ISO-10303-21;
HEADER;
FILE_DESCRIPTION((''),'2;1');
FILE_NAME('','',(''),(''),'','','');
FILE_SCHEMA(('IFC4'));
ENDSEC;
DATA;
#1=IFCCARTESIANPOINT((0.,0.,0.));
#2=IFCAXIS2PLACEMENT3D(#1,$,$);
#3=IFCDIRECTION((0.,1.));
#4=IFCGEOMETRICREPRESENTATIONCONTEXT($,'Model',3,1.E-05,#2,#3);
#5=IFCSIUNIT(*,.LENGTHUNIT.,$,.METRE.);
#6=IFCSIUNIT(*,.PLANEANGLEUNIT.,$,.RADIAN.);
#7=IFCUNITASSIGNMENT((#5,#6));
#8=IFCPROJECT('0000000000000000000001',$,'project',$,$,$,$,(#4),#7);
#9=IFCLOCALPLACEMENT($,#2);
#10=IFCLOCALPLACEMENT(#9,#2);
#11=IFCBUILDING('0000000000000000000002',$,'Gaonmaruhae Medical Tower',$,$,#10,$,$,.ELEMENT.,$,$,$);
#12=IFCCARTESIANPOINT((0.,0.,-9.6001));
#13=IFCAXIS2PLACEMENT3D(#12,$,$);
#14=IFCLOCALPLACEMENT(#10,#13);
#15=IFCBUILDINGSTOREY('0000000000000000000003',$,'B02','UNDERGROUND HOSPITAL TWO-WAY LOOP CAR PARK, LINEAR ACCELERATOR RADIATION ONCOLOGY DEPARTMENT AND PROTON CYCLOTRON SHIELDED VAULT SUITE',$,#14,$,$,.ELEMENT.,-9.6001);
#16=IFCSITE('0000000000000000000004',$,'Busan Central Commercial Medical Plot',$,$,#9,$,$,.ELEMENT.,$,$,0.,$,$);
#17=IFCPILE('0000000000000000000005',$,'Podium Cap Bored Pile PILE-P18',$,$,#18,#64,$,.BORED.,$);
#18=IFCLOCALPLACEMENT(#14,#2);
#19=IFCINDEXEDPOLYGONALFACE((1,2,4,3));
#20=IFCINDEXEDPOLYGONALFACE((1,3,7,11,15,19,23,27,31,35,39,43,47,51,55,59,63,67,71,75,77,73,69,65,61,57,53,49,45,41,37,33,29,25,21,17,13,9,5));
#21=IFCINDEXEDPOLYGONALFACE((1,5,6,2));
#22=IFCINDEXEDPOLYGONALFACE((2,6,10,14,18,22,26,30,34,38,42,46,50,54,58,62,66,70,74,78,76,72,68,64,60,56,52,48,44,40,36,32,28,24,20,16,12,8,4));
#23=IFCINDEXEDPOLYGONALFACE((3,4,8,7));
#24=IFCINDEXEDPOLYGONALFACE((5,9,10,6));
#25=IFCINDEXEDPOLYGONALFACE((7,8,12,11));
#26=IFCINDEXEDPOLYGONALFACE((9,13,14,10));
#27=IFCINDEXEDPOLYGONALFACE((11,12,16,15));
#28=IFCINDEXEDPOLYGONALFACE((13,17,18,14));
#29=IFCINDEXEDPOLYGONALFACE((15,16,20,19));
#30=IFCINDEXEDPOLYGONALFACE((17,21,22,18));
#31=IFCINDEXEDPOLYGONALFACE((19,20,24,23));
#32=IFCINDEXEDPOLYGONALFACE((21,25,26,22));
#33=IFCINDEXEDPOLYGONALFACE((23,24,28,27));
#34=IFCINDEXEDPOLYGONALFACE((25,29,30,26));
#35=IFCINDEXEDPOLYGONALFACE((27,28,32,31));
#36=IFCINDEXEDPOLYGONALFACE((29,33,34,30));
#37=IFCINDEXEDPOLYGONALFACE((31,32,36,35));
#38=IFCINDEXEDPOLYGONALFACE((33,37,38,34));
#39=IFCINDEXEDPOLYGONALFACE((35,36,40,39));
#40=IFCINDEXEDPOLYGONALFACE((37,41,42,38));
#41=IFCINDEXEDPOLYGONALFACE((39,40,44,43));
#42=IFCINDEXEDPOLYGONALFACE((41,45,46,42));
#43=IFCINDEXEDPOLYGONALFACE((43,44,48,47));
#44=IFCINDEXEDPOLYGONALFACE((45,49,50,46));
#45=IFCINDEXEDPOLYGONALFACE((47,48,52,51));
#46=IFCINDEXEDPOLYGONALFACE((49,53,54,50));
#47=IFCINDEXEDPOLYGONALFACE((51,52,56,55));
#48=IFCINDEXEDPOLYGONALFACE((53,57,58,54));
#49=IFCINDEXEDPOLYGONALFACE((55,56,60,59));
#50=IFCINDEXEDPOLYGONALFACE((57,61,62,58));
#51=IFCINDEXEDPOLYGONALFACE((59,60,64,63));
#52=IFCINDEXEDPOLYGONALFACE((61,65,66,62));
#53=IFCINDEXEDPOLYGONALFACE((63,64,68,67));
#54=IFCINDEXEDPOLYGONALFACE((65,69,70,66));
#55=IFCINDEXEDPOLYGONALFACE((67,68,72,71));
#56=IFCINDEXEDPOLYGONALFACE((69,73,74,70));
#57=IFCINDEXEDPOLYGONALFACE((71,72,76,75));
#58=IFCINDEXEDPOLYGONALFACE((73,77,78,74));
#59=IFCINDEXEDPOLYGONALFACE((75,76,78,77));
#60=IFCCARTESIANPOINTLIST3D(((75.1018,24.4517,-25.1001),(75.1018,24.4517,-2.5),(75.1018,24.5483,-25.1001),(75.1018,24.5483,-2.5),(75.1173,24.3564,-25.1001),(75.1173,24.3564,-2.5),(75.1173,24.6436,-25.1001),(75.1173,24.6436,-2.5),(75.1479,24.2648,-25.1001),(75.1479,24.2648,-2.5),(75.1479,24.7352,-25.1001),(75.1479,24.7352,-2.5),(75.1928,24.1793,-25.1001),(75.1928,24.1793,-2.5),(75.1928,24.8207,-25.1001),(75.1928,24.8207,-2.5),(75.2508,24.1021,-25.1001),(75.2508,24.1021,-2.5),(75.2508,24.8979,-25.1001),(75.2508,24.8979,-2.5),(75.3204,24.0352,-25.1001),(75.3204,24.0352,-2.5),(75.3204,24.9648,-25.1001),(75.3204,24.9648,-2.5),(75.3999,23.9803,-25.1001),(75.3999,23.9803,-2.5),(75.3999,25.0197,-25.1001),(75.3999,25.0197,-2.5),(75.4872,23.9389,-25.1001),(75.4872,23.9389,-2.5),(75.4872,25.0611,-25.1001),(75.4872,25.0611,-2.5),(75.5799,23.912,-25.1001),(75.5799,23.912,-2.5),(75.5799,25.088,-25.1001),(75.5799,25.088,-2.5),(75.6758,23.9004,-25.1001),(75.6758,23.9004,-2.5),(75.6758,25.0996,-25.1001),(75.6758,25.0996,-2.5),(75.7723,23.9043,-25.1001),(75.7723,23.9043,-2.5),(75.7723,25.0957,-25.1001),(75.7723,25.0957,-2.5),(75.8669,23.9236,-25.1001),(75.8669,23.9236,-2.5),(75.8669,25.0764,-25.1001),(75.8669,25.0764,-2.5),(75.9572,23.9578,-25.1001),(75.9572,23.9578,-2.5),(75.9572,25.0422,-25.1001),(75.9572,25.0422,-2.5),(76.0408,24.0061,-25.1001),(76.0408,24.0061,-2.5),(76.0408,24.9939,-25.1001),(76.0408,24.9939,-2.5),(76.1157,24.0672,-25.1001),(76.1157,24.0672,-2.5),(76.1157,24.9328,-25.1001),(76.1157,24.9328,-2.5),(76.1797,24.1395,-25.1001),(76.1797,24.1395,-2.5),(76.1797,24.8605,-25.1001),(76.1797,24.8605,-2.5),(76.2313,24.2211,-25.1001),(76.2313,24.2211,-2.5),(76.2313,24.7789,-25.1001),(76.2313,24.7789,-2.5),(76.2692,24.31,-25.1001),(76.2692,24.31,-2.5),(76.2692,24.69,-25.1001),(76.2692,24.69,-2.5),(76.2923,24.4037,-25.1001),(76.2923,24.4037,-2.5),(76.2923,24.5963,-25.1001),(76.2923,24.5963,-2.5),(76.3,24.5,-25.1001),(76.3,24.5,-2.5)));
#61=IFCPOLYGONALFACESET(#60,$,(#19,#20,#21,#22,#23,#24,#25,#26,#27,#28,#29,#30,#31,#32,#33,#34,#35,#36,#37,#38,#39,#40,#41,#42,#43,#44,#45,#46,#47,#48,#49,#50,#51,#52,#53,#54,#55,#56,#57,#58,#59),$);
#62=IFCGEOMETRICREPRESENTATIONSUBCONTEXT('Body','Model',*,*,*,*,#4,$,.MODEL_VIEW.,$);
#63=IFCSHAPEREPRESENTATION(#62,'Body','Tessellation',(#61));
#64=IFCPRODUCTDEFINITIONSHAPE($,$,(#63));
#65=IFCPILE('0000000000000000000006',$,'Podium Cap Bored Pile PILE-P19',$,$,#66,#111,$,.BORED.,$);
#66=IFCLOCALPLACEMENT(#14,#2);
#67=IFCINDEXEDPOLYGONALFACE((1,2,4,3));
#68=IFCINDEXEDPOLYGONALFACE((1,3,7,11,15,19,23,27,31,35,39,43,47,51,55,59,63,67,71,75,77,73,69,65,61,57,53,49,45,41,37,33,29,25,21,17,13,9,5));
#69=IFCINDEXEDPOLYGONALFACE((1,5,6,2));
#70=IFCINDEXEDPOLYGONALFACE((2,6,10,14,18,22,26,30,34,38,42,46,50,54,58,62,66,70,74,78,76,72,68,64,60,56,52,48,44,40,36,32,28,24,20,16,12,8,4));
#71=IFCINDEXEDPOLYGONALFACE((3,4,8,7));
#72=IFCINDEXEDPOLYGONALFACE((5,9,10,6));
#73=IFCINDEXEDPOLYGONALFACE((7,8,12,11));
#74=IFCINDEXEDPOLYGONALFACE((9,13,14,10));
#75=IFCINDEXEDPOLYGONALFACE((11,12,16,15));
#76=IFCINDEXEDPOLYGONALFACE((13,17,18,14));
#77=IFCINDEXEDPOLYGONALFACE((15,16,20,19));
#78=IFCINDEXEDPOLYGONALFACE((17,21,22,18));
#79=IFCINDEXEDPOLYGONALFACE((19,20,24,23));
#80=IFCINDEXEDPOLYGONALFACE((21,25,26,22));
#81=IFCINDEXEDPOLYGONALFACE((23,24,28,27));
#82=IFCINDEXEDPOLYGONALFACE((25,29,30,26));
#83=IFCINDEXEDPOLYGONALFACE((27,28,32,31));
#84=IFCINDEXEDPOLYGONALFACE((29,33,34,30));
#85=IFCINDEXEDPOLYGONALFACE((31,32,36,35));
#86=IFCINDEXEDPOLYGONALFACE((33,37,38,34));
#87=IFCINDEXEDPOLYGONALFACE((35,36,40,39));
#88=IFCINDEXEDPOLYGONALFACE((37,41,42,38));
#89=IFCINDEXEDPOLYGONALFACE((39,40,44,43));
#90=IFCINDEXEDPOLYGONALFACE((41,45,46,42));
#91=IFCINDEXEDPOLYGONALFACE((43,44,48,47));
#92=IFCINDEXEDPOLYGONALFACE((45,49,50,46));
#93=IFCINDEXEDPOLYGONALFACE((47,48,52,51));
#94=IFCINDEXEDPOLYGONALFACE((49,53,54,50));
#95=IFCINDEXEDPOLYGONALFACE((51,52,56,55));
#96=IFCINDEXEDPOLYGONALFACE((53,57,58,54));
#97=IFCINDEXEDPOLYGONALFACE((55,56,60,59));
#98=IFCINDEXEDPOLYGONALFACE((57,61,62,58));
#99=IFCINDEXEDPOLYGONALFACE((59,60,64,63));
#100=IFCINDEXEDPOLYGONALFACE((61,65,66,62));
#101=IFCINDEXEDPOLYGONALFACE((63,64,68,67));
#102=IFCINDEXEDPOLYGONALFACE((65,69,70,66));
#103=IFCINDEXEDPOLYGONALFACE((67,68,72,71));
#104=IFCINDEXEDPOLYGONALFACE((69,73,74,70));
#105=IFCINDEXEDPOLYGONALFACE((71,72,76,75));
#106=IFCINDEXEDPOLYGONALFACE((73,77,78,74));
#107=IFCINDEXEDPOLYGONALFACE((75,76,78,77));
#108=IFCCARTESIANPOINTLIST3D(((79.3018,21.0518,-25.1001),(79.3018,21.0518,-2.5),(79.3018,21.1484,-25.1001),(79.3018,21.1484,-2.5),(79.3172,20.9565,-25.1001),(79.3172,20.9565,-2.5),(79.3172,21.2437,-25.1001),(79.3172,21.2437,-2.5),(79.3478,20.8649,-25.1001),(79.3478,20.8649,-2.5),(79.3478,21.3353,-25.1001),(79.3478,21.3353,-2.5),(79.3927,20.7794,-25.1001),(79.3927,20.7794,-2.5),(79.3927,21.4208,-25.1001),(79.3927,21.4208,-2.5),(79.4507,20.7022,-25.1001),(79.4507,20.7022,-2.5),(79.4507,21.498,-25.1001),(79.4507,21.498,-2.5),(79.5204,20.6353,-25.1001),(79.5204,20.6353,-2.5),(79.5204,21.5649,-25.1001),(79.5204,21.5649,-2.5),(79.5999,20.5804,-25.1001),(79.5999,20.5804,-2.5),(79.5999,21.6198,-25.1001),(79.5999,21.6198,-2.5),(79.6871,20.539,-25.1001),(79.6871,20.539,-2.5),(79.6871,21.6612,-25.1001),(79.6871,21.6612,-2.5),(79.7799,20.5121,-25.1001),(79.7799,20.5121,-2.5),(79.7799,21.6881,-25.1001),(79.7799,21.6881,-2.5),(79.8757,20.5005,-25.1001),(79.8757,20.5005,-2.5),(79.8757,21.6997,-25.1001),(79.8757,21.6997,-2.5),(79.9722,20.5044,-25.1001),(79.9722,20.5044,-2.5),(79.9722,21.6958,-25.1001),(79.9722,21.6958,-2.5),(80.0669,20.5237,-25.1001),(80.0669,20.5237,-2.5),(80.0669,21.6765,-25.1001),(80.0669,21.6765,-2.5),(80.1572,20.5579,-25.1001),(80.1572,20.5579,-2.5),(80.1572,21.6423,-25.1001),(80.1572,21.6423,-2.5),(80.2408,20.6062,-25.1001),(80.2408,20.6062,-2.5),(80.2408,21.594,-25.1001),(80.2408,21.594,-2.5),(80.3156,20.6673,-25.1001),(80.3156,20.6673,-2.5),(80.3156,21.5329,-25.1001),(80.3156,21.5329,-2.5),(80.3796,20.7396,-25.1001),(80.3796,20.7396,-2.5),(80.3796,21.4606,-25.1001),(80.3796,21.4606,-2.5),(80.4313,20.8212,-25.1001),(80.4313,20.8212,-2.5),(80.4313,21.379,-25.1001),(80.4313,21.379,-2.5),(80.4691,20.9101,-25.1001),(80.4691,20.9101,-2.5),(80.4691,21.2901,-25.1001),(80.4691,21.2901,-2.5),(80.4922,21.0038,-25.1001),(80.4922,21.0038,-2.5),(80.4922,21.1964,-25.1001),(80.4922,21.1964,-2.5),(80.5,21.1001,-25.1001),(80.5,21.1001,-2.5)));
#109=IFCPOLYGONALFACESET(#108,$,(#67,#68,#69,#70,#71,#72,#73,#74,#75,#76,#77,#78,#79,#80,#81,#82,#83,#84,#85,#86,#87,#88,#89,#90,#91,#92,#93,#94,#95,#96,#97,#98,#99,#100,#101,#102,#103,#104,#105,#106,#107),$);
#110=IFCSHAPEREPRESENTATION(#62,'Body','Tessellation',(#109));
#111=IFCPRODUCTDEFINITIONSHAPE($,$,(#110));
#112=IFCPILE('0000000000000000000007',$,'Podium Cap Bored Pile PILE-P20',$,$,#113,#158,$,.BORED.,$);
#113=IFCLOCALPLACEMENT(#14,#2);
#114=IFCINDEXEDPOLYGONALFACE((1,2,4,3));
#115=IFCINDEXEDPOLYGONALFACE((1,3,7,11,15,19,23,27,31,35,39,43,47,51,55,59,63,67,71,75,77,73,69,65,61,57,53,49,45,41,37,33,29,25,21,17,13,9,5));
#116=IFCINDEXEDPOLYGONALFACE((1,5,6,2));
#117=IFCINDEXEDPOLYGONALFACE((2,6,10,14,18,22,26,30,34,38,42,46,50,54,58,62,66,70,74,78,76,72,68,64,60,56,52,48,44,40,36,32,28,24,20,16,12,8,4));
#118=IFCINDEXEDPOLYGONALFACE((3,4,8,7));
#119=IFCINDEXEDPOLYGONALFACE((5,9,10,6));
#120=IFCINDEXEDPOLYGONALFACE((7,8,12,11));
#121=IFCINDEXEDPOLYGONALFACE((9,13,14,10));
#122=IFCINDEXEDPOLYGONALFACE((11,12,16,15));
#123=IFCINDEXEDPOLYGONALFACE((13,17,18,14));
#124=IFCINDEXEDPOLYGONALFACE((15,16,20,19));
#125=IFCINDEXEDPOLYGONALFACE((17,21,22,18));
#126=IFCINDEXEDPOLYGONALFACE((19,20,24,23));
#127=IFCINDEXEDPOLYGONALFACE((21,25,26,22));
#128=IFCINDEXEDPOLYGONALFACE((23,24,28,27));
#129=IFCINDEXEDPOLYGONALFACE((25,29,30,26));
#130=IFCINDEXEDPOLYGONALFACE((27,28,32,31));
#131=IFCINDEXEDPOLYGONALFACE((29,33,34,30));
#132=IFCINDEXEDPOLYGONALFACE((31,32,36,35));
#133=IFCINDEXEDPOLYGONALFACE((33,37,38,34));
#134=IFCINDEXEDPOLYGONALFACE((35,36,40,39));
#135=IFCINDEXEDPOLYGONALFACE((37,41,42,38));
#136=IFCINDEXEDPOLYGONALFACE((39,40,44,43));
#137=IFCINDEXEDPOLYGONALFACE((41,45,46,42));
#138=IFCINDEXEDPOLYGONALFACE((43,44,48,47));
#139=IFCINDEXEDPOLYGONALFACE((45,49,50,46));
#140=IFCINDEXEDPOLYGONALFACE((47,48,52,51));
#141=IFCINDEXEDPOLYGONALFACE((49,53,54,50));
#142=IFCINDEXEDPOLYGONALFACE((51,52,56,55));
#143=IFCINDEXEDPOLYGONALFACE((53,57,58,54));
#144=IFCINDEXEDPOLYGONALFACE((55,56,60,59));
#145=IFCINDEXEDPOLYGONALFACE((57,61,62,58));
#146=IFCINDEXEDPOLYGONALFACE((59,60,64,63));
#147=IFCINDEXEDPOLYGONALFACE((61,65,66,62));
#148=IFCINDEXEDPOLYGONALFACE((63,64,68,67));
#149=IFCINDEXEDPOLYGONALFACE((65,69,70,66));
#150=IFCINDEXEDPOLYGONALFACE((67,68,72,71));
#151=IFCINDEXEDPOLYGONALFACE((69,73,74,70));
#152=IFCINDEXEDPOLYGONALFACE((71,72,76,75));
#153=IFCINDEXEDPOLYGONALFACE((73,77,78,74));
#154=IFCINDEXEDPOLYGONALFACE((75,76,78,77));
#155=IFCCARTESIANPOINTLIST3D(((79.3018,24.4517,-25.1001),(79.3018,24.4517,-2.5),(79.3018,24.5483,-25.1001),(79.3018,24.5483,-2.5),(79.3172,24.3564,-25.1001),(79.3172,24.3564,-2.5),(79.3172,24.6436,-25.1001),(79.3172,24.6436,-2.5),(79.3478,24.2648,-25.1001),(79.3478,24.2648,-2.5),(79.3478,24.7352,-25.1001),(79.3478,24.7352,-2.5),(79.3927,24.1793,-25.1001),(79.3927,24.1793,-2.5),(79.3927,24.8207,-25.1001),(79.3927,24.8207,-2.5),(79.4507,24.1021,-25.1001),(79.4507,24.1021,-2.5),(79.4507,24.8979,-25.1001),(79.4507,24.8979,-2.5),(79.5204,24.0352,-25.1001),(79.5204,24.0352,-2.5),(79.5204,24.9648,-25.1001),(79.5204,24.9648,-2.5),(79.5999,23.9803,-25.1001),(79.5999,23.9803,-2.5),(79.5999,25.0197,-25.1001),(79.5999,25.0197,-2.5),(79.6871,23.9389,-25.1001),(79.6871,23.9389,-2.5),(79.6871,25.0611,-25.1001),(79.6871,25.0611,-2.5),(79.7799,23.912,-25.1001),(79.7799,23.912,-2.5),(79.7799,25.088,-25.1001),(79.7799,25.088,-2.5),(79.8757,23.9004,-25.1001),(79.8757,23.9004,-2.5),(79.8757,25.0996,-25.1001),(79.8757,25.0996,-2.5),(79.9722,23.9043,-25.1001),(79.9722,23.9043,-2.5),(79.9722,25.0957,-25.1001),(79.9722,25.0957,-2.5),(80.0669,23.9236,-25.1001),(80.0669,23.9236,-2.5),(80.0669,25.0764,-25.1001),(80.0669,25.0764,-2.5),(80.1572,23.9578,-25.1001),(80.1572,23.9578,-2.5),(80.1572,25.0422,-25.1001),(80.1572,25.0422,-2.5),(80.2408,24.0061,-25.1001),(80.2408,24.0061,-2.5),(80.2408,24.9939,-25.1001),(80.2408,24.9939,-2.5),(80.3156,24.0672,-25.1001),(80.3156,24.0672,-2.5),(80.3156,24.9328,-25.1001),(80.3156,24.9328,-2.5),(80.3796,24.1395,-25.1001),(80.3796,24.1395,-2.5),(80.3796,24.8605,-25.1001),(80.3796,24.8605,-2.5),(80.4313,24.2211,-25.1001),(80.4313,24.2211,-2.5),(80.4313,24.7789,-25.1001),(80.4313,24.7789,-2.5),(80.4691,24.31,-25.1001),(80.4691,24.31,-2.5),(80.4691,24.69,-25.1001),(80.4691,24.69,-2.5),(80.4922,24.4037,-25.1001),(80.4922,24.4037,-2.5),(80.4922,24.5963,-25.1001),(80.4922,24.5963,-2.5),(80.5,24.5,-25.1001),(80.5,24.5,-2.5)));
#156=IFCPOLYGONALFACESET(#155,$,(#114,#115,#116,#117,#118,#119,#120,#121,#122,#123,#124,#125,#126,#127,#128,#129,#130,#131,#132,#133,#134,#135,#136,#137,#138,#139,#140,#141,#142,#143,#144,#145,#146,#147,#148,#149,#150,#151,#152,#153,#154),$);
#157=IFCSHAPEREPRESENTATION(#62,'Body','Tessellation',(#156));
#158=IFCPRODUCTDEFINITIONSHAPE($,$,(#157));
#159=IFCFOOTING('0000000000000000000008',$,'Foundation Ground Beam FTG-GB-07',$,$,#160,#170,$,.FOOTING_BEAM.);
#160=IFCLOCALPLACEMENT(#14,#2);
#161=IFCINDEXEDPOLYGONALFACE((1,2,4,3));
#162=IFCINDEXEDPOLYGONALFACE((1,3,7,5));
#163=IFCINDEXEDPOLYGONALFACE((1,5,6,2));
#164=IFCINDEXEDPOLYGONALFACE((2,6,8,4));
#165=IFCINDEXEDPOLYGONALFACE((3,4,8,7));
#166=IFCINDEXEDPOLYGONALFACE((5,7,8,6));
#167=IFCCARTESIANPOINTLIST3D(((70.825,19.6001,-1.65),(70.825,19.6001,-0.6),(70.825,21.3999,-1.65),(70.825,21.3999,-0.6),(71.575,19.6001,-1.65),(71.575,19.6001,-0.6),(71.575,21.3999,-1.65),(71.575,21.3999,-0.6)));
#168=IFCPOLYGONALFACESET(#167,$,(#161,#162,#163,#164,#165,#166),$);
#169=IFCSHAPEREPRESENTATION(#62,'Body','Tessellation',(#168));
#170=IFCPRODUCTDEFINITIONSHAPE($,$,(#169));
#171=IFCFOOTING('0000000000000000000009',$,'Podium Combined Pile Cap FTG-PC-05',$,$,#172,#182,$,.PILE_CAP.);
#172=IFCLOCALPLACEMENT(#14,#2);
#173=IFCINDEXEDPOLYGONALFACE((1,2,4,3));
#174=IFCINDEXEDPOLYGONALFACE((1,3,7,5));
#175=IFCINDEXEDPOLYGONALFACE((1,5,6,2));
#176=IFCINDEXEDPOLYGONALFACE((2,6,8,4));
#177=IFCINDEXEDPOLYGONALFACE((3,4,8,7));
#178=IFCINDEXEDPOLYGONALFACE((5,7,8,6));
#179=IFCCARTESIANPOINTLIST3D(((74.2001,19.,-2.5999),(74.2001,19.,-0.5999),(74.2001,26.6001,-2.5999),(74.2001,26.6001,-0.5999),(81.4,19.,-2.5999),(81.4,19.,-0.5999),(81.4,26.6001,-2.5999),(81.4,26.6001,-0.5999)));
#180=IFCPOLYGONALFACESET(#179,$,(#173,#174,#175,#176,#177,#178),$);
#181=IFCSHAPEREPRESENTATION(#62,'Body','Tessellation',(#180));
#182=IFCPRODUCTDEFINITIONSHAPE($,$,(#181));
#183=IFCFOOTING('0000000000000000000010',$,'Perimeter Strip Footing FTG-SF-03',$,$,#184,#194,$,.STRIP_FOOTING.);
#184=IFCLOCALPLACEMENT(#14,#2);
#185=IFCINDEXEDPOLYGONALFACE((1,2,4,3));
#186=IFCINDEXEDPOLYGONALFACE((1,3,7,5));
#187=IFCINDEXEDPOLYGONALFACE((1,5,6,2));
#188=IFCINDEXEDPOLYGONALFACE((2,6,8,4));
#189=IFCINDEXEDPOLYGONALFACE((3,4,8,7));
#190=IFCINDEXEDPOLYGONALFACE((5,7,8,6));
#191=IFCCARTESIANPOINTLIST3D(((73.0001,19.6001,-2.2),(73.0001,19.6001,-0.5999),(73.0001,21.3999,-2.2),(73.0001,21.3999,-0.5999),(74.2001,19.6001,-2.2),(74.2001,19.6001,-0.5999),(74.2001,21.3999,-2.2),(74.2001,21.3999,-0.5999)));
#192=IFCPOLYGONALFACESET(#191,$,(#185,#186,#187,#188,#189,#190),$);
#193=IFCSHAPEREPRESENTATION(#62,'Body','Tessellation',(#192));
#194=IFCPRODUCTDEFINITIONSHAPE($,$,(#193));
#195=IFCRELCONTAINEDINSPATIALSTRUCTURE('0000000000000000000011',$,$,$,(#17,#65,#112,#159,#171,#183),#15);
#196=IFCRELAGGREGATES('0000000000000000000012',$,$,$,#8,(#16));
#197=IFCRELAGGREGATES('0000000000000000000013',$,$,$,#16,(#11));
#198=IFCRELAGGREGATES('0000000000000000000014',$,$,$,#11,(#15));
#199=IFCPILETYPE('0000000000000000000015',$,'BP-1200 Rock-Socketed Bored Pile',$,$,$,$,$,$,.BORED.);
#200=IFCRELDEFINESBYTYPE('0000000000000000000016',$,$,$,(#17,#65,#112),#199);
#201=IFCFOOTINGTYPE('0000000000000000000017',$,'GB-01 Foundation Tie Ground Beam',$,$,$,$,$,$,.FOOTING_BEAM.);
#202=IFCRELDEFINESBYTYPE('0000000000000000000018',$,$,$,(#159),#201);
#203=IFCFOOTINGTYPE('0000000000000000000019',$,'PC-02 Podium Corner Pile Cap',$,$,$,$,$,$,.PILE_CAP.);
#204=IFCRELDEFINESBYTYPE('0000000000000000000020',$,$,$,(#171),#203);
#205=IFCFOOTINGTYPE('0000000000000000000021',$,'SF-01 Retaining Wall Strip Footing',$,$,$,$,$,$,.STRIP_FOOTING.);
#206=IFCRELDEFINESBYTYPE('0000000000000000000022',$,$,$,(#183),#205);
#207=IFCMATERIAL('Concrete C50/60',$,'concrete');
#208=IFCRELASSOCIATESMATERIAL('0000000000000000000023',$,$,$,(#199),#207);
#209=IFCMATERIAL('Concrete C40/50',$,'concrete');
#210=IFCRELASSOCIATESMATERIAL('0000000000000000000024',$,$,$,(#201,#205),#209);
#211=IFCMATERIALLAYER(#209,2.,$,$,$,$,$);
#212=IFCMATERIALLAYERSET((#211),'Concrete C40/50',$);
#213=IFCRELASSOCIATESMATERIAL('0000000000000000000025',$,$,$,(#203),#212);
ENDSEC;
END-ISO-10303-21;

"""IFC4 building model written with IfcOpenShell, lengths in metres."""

from ifc_helpers import new_model, si_unit, direction, frame, origin, origin_2d, place, context, subcontext, project, spatial, rectangle, circle, extrude, material, layer, layer_set, material_profile, profile_set, type_object, element, save


model = new_model("IFC4")

# Units and contexts
model_context = context("Model", 3, precision=1e-05, world=origin(), true_north=direction((0.0, 1.0)))
body_context = subcontext(model_context, "Body", "Model", "MODEL_VIEW")
ifc_project = project(units=[si_unit("LENGTHUNIT", "METRE"), si_unit("PLANEANGLEUNIT", "RADIAN")], contexts=[model_context])

# Site, building, storey
site_placement = place(None, origin())
site = spatial("IfcSite", under=ifc_project, at=site_placement, Name="Busan Central Commercial Medical Plot", CompositionType="ELEMENT", RefElevation=0.0)
building_placement = place(site_placement, origin())
building = spatial("IfcBuilding", under=site, at=building_placement, Name="Gaonmaruhae Medical Tower", CompositionType="ELEMENT")
storey_placement = place(building_placement, frame((0.0, 0.0, -9.6001)))
storey = spatial("IfcBuildingStorey", under=building, at=storey_placement, Name="B02", Description="UNDERGROUND HOSPITAL TWO-WAY LOOP CAR PARK, LINEAR ACCELERATOR RADIATION ONCOLOGY DEPARTMENT AND PROTON CYCLOTRON SHIELDED VAULT SUITE", CompositionType="ELEMENT", Elevation=-9.6001)

# Piles
ifc_material_1 = material(Name="Concrete C50/60", Category="concrete")
ifc_material_profile_1 = material_profile(ifc_material_1, circle(Radius=0.6001, at=origin_2d()), Name="PILE-D1200")
ifc_profile_set_1 = profile_set([ifc_material_profile_1], Name="Concrete C50/60")
pile_type = type_object("IfcPileType", Name="BP-1200 Rock-Socketed Bored Pile", PredefinedType="BORED", material=ifc_profile_set_1)
for number, where, z_axis, x_axis, name in (
    (1, (75.7, 24.5, -2.5), (0.0, 0.0, -1.0), (1.0, 0.0, 0.0), "Podium Cap Bored Pile PILE-P18"),
    (2, (79.8999, 21.1001, -2.5), (0.0, 0.0, -1.0), (1.0, 0.0, 0.0), "Podium Cap Bored Pile PILE-P19"),
    (3, (79.8999, 24.5, -2.5), (0.0, 0.0, -1.0), (1.0, 0.0, 0.0), "Podium Cap Bored Pile PILE-P20"),
):
    element("IfcPile", number, at=place(storey_placement, frame(where, z_axis=z_axis, x_axis=x_axis)), inside=storey, type_object=pile_type, Name=name, PredefinedType="BORED", context=body_context, shape_type="SweptSolid", body=[
        extrude(circle(Radius=0.6001, at=origin_2d()), origin(), (0.0, 0.0, 1.0), 22.6001),
    ])

# Footings
ifc_material_2 = material(Name="Concrete C40/50", Category="concrete")
ifc_material_profile_2 = material_profile(ifc_material_2, rectangle(XDim=0.75, YDim=1.05, at=origin_2d()), Name="RCG-750x1050")
ifc_profile_set_2 = profile_set([ifc_material_profile_2], Name="Concrete C40/50")
footing_type_1 = type_object("IfcFootingType", Name="GB-01 Foundation Tie Ground Beam", PredefinedType="FOOTING_BEAM", material=ifc_profile_set_2)
footing_1_placement = place(storey_placement, frame((71.2, 19.6001, -1.125), z_axis=(0.0, 1.0, 0.0), x_axis=(-1.0, 0.0, 0.0)))
element("IfcFooting", 4, at=footing_1_placement, inside=storey, type_object=footing_type_1, Name="Foundation Ground Beam FTG-GB-07", PredefinedType="FOOTING_BEAM", context=body_context, shape_type="SweptSolid", body=[
    extrude(rectangle(XDim=0.75, YDim=1.05, at=origin_2d()), origin(), (0.0, 0.0, 1.0), 1.7998),
])
ifc_layer_1 = layer(ifc_material_2, 2.0)
ifc_layer_set_1 = layer_set([ifc_layer_1], Name="Concrete C40/50")
footing_type_2 = type_object("IfcFootingType", Name="PC-02 Podium Corner Pile Cap", PredefinedType="PILE_CAP", material=ifc_layer_set_1)
footing_2_placement = place(storey_placement, frame((77.8, 22.8, -2.5999), z_axis=(0.0, 0.0, 1.0), x_axis=(1.0, 0.0, 0.0)))
element("IfcFooting", 5, at=footing_2_placement, inside=storey, type_object=footing_type_2, Name="Podium Combined Pile Cap FTG-PC-05", PredefinedType="PILE_CAP", context=body_context, shape_type="SweptSolid", body=[
    extrude(rectangle(XDim=7.2, YDim=7.6001, at=origin_2d()), origin(), (0.0, 0.0, 1.0), 2.0),
])
ifc_material_profile_3 = material_profile(ifc_material_2, rectangle(XDim=1.2, YDim=1.6001, at=origin_2d()), Name="TG-1200x1600")
ifc_profile_set_3 = profile_set([ifc_material_profile_3], Name="Concrete C40/50")
footing_type_3 = type_object("IfcFootingType", Name="SF-01 Retaining Wall Strip Footing", PredefinedType="STRIP_FOOTING", material=ifc_profile_set_3)
footing_3_placement = place(storey_placement, frame((73.6001, 19.6001, -1.3999), z_axis=(0.0, 1.0, 0.0), x_axis=(-1.0, 0.0, 0.0)))
element("IfcFooting", 6, at=footing_3_placement, inside=storey, type_object=footing_type_3, Name="Perimeter Strip Footing FTG-SF-03", PredefinedType="STRIP_FOOTING", context=body_context, shape_type="SweptSolid", body=[
    extrude(rectangle(XDim=1.2, YDim=1.6001, at=origin_2d()), origin(), (0.0, 0.0, 1.0), 1.7998),
])

save(model, "model.ifc")
